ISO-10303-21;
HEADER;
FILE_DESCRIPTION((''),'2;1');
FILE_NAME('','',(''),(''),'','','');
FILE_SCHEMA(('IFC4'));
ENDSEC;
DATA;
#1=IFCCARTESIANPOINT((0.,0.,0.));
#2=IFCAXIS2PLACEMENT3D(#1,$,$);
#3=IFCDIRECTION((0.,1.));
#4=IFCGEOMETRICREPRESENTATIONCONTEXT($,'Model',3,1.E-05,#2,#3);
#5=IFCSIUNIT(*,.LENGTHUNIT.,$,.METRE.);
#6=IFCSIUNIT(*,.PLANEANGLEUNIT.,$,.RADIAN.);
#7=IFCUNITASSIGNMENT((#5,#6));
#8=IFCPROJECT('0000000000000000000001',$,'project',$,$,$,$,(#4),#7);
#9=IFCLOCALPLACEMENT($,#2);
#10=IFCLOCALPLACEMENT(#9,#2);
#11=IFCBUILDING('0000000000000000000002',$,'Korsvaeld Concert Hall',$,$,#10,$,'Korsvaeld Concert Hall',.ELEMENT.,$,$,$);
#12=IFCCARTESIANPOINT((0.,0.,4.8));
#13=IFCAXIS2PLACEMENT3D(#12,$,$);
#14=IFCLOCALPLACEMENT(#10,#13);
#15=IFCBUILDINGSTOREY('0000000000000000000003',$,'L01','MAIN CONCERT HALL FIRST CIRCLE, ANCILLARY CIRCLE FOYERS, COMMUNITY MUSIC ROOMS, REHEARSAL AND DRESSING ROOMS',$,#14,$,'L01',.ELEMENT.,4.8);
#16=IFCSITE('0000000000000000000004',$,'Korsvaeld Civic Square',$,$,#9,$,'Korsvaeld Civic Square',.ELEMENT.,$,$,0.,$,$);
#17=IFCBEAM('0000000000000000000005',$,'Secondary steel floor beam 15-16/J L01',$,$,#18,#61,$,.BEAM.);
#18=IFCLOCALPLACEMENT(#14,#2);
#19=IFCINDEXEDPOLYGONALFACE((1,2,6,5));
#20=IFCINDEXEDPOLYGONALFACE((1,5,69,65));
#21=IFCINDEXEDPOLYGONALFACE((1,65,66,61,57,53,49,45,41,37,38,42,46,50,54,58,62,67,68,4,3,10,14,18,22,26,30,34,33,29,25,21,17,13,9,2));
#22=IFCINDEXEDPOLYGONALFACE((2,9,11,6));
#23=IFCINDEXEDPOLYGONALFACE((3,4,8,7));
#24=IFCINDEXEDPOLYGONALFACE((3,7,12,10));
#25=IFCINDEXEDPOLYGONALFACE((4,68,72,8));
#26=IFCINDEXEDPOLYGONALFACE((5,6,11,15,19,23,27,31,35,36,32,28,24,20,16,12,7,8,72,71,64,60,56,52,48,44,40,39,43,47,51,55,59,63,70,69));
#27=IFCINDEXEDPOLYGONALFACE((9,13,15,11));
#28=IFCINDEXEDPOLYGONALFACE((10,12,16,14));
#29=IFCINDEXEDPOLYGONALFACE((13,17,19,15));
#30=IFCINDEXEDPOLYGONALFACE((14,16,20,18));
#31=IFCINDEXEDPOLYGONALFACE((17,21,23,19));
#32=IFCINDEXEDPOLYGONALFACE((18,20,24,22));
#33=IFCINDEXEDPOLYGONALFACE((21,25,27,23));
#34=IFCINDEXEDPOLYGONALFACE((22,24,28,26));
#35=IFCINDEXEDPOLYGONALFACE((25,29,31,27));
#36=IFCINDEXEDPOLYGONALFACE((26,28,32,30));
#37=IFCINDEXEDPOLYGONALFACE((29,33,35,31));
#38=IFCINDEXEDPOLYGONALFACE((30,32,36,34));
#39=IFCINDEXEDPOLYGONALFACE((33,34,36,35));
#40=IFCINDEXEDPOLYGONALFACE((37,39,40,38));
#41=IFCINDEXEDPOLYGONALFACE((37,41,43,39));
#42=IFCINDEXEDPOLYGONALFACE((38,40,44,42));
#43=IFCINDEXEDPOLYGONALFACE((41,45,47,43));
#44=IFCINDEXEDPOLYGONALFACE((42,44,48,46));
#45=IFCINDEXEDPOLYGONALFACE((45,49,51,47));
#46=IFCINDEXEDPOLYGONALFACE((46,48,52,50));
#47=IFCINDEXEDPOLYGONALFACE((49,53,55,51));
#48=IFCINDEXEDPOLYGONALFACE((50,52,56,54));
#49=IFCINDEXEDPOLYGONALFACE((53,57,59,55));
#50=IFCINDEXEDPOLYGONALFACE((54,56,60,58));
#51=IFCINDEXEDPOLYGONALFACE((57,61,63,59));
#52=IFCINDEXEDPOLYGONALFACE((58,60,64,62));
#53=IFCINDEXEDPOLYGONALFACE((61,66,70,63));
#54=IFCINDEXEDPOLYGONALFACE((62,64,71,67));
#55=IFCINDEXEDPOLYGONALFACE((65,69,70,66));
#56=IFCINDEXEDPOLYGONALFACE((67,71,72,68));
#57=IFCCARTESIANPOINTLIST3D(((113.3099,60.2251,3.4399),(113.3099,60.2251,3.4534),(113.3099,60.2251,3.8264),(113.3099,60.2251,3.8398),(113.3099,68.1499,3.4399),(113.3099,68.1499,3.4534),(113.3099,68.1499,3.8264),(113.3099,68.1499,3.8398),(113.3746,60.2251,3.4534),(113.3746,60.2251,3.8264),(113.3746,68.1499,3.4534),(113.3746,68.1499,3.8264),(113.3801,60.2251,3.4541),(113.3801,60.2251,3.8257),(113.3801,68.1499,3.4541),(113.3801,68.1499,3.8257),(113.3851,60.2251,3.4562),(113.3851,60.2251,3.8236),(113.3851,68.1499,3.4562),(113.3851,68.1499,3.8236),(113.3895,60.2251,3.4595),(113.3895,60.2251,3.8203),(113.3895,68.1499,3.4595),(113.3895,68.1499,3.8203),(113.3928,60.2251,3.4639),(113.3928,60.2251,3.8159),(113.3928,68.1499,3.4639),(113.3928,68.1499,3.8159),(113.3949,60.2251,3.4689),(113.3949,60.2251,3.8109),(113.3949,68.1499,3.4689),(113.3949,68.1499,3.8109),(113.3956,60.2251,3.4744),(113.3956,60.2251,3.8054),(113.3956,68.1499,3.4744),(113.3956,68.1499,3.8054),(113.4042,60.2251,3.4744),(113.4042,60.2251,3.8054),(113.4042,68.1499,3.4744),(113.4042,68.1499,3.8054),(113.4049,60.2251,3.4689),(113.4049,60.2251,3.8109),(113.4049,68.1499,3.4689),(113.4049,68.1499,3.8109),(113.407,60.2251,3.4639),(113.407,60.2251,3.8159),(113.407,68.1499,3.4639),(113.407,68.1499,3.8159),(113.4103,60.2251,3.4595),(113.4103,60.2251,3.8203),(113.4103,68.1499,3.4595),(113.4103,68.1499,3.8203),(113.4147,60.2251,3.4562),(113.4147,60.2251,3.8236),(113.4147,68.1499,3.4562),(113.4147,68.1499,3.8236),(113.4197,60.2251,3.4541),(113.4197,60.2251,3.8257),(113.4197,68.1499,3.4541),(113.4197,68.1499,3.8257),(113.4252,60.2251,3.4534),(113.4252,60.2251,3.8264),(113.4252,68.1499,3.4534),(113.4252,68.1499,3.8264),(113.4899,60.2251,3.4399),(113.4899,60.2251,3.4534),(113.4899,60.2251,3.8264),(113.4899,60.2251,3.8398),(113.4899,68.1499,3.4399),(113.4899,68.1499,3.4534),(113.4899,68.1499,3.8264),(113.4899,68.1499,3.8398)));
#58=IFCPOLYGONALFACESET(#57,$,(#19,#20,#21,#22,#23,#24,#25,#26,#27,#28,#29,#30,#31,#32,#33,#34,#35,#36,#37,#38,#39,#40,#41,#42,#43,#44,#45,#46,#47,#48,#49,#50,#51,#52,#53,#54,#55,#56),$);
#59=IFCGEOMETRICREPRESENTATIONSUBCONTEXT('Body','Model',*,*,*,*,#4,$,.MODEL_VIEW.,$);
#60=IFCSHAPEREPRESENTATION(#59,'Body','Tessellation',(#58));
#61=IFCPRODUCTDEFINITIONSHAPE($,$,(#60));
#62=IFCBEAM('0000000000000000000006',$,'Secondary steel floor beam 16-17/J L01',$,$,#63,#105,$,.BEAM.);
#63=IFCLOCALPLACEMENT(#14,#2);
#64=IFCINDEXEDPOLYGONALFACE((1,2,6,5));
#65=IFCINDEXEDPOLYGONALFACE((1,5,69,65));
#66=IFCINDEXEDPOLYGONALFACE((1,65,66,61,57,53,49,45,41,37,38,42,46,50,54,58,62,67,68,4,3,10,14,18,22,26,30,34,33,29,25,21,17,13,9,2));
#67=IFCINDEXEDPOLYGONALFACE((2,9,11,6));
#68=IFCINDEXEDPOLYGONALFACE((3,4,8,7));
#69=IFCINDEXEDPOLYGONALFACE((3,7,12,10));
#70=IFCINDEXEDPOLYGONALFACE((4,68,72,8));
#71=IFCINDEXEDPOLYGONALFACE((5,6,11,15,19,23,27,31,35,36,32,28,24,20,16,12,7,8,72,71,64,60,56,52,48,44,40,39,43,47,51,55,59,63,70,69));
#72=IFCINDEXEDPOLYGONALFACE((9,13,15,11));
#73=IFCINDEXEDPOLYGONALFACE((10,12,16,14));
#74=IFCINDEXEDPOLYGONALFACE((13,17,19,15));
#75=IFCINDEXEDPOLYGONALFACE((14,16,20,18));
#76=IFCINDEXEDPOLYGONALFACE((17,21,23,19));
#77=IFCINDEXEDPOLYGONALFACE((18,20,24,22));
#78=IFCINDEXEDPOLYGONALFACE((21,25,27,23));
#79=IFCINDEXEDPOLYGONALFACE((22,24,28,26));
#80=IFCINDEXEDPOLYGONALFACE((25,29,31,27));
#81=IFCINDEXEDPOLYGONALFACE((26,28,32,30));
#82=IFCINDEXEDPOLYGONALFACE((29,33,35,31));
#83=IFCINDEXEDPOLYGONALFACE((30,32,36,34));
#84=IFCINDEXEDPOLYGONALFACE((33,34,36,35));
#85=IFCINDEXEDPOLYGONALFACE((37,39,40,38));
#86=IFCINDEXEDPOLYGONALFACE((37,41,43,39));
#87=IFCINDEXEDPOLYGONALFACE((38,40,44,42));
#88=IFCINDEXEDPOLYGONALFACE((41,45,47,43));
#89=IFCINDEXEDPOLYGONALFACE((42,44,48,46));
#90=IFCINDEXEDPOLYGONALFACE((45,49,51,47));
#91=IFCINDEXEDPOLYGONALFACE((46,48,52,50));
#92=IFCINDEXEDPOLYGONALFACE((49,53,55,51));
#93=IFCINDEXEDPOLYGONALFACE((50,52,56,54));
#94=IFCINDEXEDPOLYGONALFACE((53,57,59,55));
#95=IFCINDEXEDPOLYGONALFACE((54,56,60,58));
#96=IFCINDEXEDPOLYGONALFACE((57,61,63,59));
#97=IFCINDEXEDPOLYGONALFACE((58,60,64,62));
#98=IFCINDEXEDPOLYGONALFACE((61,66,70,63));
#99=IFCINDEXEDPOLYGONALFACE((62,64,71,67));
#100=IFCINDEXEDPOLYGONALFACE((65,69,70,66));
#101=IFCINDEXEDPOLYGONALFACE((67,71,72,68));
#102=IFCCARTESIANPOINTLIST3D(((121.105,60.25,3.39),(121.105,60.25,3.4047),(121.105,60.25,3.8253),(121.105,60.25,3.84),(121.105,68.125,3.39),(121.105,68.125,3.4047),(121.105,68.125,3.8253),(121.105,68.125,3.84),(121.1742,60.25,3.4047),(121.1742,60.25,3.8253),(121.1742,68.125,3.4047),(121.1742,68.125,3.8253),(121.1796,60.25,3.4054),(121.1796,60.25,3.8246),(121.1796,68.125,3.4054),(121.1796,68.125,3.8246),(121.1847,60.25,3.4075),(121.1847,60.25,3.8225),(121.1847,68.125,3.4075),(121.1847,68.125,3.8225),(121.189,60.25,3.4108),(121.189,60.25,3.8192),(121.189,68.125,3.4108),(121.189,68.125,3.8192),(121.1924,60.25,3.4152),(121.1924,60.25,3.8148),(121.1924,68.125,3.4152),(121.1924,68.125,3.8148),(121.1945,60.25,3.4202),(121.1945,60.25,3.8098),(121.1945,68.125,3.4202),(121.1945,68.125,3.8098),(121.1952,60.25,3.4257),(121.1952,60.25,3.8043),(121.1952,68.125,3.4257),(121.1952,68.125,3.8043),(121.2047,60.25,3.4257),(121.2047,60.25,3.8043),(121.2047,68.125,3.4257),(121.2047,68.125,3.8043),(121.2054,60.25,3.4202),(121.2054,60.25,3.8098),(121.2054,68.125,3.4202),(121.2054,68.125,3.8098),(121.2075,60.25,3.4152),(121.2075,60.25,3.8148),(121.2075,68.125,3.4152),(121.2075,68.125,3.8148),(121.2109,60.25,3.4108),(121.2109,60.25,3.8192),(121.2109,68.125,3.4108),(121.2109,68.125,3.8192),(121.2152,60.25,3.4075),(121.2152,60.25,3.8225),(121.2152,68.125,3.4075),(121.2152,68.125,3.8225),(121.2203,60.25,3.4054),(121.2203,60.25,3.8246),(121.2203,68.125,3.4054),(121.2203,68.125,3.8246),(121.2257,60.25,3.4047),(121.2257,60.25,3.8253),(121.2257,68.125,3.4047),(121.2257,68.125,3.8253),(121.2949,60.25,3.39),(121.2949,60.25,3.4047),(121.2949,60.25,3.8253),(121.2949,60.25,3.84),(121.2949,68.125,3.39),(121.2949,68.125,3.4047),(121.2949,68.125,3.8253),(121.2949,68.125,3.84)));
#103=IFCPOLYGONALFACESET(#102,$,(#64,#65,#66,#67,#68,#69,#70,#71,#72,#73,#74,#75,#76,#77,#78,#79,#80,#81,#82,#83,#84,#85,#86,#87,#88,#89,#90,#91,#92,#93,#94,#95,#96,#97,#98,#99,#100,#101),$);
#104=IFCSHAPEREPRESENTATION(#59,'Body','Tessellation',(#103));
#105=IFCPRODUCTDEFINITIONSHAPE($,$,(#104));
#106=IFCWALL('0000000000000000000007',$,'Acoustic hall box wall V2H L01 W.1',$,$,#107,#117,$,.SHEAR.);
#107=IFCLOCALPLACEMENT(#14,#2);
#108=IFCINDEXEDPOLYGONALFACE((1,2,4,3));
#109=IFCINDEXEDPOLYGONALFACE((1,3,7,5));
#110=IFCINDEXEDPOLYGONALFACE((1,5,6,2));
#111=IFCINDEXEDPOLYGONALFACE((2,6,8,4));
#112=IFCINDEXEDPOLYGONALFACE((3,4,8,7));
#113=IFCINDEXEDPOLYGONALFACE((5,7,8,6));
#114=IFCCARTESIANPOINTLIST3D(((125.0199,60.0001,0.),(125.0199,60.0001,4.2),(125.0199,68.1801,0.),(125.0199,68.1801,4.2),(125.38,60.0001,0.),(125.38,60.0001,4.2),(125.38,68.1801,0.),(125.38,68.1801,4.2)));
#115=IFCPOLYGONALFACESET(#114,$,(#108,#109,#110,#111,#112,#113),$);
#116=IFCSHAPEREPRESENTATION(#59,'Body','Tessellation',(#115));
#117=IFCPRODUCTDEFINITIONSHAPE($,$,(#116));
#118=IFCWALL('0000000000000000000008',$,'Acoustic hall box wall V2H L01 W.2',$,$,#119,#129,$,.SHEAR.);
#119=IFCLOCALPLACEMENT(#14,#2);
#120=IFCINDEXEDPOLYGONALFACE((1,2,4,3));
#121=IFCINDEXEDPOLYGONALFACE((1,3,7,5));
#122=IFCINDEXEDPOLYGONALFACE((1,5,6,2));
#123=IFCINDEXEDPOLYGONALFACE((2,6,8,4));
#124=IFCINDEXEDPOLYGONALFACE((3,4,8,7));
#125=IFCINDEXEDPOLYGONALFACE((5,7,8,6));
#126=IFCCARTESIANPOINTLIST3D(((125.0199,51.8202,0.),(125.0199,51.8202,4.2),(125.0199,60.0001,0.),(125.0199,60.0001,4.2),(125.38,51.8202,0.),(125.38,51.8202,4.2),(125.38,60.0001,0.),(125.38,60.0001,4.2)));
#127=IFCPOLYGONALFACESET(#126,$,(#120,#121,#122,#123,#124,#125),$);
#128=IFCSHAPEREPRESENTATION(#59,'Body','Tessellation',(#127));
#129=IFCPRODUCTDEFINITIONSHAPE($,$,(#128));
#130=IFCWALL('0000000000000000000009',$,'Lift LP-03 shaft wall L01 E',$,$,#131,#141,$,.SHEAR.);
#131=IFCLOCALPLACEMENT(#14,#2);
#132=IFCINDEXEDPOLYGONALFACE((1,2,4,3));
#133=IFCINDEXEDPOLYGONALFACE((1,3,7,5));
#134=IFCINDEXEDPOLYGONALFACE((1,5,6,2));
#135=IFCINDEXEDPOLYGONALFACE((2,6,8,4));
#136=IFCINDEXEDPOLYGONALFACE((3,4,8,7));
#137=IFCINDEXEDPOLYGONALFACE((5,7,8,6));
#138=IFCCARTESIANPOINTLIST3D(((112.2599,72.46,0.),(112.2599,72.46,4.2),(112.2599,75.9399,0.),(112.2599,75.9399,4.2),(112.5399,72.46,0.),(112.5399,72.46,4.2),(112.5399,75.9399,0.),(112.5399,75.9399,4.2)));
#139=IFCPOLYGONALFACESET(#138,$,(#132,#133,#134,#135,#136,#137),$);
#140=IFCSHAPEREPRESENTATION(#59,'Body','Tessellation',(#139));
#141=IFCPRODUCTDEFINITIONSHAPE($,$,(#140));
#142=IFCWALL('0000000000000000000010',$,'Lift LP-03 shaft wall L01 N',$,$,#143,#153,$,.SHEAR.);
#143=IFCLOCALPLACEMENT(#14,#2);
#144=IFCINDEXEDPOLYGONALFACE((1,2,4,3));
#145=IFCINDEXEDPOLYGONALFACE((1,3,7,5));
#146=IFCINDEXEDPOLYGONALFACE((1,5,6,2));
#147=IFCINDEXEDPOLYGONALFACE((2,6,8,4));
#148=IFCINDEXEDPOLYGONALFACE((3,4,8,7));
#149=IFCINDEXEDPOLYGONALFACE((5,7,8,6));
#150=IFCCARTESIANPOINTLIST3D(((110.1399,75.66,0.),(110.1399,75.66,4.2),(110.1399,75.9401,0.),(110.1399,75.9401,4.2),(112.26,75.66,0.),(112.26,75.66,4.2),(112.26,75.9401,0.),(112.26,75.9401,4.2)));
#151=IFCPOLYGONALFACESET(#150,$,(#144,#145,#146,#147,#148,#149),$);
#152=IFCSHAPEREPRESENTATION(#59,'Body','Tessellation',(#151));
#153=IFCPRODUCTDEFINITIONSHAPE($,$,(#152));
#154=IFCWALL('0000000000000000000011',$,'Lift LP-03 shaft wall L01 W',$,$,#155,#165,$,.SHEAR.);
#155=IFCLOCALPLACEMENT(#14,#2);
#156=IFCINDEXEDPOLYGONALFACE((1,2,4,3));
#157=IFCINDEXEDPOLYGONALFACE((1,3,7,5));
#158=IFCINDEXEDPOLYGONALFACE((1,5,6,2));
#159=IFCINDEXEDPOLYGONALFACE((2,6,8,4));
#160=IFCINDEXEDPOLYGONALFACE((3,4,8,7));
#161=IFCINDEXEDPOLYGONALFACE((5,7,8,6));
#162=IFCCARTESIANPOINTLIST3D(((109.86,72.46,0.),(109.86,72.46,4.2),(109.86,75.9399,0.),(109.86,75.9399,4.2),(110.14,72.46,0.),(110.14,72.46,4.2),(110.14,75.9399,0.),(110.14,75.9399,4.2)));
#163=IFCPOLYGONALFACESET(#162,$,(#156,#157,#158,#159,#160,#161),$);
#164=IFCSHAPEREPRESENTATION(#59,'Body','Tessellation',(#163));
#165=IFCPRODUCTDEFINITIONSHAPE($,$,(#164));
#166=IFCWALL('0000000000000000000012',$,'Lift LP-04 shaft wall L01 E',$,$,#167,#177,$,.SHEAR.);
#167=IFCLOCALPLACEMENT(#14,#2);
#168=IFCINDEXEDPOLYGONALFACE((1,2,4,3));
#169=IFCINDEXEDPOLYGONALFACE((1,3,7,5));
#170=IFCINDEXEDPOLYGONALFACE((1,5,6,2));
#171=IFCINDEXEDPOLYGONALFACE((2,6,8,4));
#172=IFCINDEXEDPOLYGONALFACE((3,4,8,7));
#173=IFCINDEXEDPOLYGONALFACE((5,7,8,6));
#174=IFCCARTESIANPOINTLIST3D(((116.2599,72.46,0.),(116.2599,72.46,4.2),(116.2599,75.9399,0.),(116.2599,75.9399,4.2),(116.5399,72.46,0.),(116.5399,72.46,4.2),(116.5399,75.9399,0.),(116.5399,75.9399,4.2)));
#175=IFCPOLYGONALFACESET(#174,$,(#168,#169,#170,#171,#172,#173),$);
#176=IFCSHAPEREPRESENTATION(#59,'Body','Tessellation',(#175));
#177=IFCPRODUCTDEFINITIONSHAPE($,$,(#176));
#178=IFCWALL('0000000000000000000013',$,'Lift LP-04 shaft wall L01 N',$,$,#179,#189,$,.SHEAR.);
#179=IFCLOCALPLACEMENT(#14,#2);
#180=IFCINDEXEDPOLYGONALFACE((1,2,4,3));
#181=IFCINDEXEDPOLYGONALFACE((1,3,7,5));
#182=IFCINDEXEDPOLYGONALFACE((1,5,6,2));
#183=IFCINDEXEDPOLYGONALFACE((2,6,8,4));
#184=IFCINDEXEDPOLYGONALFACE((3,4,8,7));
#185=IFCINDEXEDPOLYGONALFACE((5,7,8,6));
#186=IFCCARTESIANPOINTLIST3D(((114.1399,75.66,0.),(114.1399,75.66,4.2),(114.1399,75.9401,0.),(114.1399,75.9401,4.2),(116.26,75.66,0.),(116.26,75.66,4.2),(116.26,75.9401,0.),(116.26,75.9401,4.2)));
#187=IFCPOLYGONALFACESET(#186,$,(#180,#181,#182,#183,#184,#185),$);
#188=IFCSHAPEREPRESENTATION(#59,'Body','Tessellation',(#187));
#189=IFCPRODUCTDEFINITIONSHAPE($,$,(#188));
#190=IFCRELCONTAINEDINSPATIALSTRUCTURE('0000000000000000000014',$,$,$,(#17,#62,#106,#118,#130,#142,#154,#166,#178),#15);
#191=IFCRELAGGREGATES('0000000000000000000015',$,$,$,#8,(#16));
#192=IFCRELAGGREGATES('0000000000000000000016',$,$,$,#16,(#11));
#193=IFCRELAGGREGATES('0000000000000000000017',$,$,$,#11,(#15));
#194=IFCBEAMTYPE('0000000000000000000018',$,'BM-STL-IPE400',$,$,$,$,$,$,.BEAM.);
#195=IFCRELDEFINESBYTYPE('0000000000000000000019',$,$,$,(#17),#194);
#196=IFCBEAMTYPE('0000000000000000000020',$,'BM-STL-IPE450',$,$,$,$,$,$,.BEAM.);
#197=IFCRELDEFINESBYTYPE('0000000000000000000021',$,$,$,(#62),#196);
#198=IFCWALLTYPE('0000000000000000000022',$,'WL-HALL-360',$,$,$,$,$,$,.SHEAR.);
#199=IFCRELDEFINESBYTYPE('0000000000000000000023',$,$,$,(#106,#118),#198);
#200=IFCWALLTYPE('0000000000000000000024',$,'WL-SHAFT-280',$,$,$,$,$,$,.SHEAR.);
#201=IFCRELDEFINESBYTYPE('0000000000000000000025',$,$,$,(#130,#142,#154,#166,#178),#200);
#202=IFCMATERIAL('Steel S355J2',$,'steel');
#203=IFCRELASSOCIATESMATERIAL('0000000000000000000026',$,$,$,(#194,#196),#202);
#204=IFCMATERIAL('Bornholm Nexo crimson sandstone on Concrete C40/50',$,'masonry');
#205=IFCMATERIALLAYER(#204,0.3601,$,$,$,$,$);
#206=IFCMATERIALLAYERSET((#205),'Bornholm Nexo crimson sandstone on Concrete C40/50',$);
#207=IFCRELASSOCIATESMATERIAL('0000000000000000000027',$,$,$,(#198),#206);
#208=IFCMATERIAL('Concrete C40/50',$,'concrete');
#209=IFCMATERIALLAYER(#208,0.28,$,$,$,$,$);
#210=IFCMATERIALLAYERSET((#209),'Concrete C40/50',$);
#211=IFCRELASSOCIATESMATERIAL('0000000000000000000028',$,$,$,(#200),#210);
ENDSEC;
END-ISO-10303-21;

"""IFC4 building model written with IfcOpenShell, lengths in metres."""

from ifc_helpers import new_model, si_unit, direction, frame, frame_2d, origin, origin_2d, place, context, subcontext, project, spatial, rectangle, i_section, extrude, material, layer, layer_set, material_profile, profile_set, type_object, element, save


model = new_model("IFC4")

# Units and contexts
model_context = context("Model", 3, precision=1e-05, world=origin(), true_north=direction((0.0, 1.0)))
body_context = subcontext(model_context, "Body", "Model", "MODEL_VIEW")
ifc_project = project(units=[si_unit("LENGTHUNIT", "METRE"), si_unit("PLANEANGLEUNIT", "RADIAN")], contexts=[model_context])

# Site, building, storey
site_placement = place(None, origin())
site = spatial("IfcSite", under=ifc_project, at=site_placement, Name="Korsvaeld Civic Square", LongName="Korsvaeld Civic Square", CompositionType="ELEMENT", RefElevation=0.0)
building_placement = place(site_placement, origin())
building = spatial("IfcBuilding", under=site, at=building_placement, Name="Korsvaeld Concert Hall", LongName="Korsvaeld Concert Hall", CompositionType="ELEMENT")
storey_placement = place(building_placement, frame((0.0, 0.0, 4.8)))
storey = spatial("IfcBuildingStorey", under=building, at=storey_placement, Name="L01", Description="MAIN CONCERT HALL FIRST CIRCLE, ANCILLARY CIRCLE FOYERS, COMMUNITY MUSIC ROOMS, REHEARSAL AND DRESSING ROOMS", LongName="L01", CompositionType="ELEMENT", Elevation=4.8)

# Shared definitions
ifc_material_1 = material(Name="Concrete C40/50", Category="concrete")

# Beams
ifc_material_2 = material(Name="Steel S355J2", Category="steel")
ifc_material_profile_1 = material_profile(ifc_material_2, i_section(OverallWidth=0.1799, OverallDepth=0.3999, WebThickness=0.0085, FlangeThickness=0.0134, FilletRadius=0.021, at=origin_2d()), Name="IPE 400")
ifc_profile_set_1 = profile_set([ifc_material_profile_1], Name="Steel S355J2")
beam_type_1 = type_object("IfcBeamType", Name="BM-STL-IPE400", PredefinedType="BEAM", material=ifc_profile_set_1)
beam_1_placement = place(storey_placement, frame((113.3999, 60.2251, 3.6399), z_axis=(0.0, 1.0, 0.0), x_axis=(-1.0, 0.0, 0.0)))
element("IfcBeam", 1, at=beam_1_placement, inside=storey, type_object=beam_type_1, Name="Secondary steel floor beam 15-16/J L01", PredefinedType="BEAM", context=body_context, shape_type="SweptSolid", body=[
    extrude(i_section(OverallWidth=0.1799, OverallDepth=0.3999, WebThickness=0.0085, FlangeThickness=0.0134, FilletRadius=0.021, at=origin_2d()), origin(), (0.0, 0.0, 1.0), 7.9248),
])
ifc_material_profile_2 = material_profile(ifc_material_2, i_section(OverallWidth=0.1899, OverallDepth=0.45, WebThickness=0.0095, FlangeThickness=0.0146, FilletRadius=0.021, at=origin_2d()), Name="IPE 450")
ifc_profile_set_2 = profile_set([ifc_material_profile_2], Name="Steel S355J2")
beam_type_2 = type_object("IfcBeamType", Name="BM-STL-IPE450", PredefinedType="BEAM", material=ifc_profile_set_2)
beam_2_placement = place(storey_placement, frame((121.2, 60.25, 3.615), z_axis=(0.0, 1.0, 0.0), x_axis=(-1.0, 0.0, 0.0)))
element("IfcBeam", 2, at=beam_2_placement, inside=storey, type_object=beam_type_2, Name="Secondary steel floor beam 16-17/J L01", PredefinedType="BEAM", context=body_context, shape_type="SweptSolid", body=[
    extrude(i_section(OverallWidth=0.1899, OverallDepth=0.45, WebThickness=0.0095, FlangeThickness=0.0146, FilletRadius=0.021, at=origin_2d()), origin(), (0.0, 0.0, 1.0), 7.875),
])

# Walls
ifc_material_3 = material(Name="Bornholm Nexo crimson sandstone on Concrete C40/50", Category="masonry")
ifc_layer_1 = layer(ifc_material_3, 0.3601)
ifc_layer_set_1 = layer_set([ifc_layer_1], Name="Bornholm Nexo crimson sandstone on Concrete C40/50")
wall_type_1 = type_object("IfcWallType", Name="WL-HALL-360", PredefinedType="SHEAR", material=ifc_layer_set_1)
for number, where, z_axis, x_axis, name in (
    (3, (125.2, 68.1799, 0.0), (0.0, 0.0, 1.0), (0.0, -1.0, 0.0), "Acoustic hall box wall V2H L01 W.1"),
    (4, (125.2, 60.0, 0.0), (0.0, 0.0, 1.0), (0.0, -1.0, 0.0), "Acoustic hall box wall V2H L01 W.2"),
):
    element("IfcWall", number, at=place(storey_placement, frame(where, z_axis=z_axis, x_axis=x_axis)), inside=storey, type_object=wall_type_1, Name=name, PredefinedType="SHEAR", context=body_context, shape_type="SweptSolid", body=[
        extrude(rectangle(XDim=8.1799, YDim=0.3601, at=frame_2d((4.0898, 0.0))), origin(), (0.0, 0.0, 1.0), 4.2),
    ])

# Shared definitions
ifc_layer_2 = layer(ifc_material_1, 0.28)
ifc_layer_set_2 = layer_set([ifc_layer_2], Name="Concrete C40/50")
wall_type_2 = type_object("IfcWallType", Name="WL-SHAFT-280", PredefinedType="SHEAR", material=ifc_layer_set_2)

# Walls
wall_1_placement = place(storey_placement, frame((112.3999, 72.46, 0.0), z_axis=(0.0, 0.0, 1.0), x_axis=(0.0, 1.0, 0.0)))
element("IfcWall", 5, at=wall_1_placement, inside=storey, type_object=wall_type_2, Name="Lift LP-03 shaft wall L01 E", PredefinedType="SHEAR", context=body_context, shape_type="SweptSolid", body=[
    extrude(rectangle(XDim=3.48, YDim=0.28, at=frame_2d((1.74, 0.0))), origin(), (0.0, 0.0, 1.0), 4.2),
])
wall_2_placement = place(storey_placement, frame((112.26, 75.8, 0.0), z_axis=(0.0, 0.0, 1.0), x_axis=(-1.0, 0.0, 0.0)))
element("IfcWall", 6, at=wall_2_placement, inside=storey, type_object=wall_type_2, Name="Lift LP-03 shaft wall L01 N", PredefinedType="SHEAR", context=body_context, shape_type="SweptSolid", body=[
    extrude(rectangle(XDim=2.1201, YDim=0.28, at=frame_2d((1.0601, 0.0))), origin(), (0.0, 0.0, 1.0), 4.2),
])
wall_3_placement = place(storey_placement, frame((110.0, 75.9399, 0.0), z_axis=(0.0, 0.0, 1.0), x_axis=(0.0, -1.0, 0.0)))
element("IfcWall", 7, at=wall_3_placement, inside=storey, type_object=wall_type_2, Name="Lift LP-03 shaft wall L01 W", PredefinedType="SHEAR", context=body_context, shape_type="SweptSolid", body=[
    extrude(rectangle(XDim=3.48, YDim=0.28, at=frame_2d((1.74, 0.0))), origin(), (0.0, 0.0, 1.0), 4.2),
])

# Walls
wall_4_placement = place(storey_placement, frame((116.3999, 72.46, 0.0), z_axis=(0.0, 0.0, 1.0), x_axis=(0.0, 1.0, 0.0)))
element("IfcWall", 8, at=wall_4_placement, inside=storey, type_object=wall_type_2, Name="Lift LP-04 shaft wall L01 E", PredefinedType="SHEAR", context=body_context, shape_type="SweptSolid", body=[
    extrude(rectangle(XDim=3.48, YDim=0.28, at=frame_2d((1.74, 0.0))), origin(), (0.0, 0.0, 1.0), 4.2),
])
wall_5_placement = place(storey_placement, frame((116.26, 75.8, 0.0), z_axis=(0.0, 0.0, 1.0), x_axis=(-1.0, 0.0, 0.0)))
element("IfcWall", 9, at=wall_5_placement, inside=storey, type_object=wall_type_2, Name="Lift LP-04 shaft wall L01 N", PredefinedType="SHEAR", context=body_context, shape_type="SweptSolid", body=[
    extrude(rectangle(XDim=2.1201, YDim=0.28, at=frame_2d((1.0601, 0.0))), origin(), (0.0, 0.0, 1.0), 4.2),
])

save(model, "model.ifc")
